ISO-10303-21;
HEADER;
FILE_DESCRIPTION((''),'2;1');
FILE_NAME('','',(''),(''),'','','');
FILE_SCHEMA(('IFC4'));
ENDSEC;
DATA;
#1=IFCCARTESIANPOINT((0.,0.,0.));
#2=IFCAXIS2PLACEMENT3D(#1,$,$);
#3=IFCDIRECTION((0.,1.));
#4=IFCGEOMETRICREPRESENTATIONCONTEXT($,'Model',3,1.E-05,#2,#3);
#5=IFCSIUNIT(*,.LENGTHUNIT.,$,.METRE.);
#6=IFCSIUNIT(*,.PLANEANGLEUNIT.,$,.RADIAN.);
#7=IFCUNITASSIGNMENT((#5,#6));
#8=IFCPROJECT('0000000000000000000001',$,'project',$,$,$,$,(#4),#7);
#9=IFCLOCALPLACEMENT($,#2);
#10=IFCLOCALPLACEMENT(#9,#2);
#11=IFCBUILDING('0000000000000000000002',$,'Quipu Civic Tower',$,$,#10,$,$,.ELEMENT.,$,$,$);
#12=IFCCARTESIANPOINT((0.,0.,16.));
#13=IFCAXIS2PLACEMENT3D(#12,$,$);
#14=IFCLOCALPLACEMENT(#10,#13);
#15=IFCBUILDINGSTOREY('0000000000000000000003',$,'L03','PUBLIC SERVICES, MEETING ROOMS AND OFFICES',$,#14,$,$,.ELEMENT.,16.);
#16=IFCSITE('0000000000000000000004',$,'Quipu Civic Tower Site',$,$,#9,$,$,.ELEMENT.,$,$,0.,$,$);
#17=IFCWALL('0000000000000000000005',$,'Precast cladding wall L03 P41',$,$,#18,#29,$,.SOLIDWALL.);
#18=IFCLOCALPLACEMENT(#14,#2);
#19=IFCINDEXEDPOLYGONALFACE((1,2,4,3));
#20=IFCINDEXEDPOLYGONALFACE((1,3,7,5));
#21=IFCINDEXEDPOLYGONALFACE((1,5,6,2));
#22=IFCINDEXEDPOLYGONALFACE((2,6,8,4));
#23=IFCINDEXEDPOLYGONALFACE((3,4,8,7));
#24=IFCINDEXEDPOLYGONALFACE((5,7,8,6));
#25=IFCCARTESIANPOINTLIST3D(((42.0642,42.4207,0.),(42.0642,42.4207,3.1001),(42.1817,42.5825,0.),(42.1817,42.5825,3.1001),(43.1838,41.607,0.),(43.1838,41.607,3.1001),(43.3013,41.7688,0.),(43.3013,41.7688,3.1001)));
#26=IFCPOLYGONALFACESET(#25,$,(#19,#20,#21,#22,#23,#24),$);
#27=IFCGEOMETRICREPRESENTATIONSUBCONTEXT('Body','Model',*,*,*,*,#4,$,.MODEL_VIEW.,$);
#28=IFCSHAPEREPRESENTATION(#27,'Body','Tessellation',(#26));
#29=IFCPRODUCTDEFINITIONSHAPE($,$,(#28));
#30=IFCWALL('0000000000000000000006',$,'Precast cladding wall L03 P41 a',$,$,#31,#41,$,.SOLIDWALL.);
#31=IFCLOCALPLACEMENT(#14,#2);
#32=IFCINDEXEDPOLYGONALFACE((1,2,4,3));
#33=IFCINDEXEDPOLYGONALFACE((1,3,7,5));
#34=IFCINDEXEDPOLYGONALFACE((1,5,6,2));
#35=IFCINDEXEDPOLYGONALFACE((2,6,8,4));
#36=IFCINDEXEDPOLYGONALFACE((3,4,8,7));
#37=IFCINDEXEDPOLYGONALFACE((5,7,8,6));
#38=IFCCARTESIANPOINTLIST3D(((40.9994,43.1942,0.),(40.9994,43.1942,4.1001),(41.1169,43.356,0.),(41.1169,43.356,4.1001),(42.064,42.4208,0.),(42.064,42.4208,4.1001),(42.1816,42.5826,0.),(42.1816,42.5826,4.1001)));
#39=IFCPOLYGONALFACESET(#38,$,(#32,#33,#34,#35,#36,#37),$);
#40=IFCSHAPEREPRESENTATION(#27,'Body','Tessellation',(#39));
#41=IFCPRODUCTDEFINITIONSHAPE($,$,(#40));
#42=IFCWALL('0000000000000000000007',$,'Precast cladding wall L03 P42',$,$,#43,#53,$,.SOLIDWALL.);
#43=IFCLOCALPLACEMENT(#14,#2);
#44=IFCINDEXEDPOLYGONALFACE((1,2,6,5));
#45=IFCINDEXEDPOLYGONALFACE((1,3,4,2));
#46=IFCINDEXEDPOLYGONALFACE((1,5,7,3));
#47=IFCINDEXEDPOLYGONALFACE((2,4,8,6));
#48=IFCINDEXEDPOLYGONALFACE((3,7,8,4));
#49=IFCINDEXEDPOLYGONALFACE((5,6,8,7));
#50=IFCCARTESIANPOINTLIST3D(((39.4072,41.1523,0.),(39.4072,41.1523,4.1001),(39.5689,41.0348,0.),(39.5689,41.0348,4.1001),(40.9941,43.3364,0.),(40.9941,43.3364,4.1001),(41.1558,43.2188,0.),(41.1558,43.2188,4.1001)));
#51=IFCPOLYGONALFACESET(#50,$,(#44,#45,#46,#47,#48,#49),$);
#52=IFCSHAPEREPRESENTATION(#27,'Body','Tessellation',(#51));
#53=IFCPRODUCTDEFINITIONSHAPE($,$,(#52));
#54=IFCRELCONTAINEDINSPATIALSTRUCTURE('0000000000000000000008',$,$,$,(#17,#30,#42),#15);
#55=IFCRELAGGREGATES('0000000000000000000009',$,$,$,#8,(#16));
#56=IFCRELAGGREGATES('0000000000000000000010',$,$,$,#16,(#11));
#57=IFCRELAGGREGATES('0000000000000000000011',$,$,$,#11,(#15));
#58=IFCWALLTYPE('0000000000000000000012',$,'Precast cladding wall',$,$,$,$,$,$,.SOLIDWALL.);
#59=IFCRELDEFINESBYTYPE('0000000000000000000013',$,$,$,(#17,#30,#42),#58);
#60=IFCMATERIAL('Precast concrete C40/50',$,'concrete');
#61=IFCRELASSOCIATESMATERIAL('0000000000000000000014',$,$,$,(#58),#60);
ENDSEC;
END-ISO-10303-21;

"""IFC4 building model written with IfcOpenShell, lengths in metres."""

from ifc_helpers import new_model, si_unit, direction, frame, frame_2d, origin, place, context, subcontext, project, spatial, rectangle, extrude, material, type_object, element, save


model = new_model("IFC4")

# Units and contexts
model_context = context("Model", 3, precision=1e-05, world=origin(), true_north=direction((0.0, 1.0)))
body_context = subcontext(model_context, "Body", "Model", "MODEL_VIEW")
ifc_project = project(units=[si_unit("LENGTHUNIT", "METRE"), si_unit("PLANEANGLEUNIT", "RADIAN")], contexts=[model_context])

# Site, building, storey
site_placement = place(None, origin())
site = spatial("IfcSite", under=ifc_project, at=site_placement, Name="Quipu Civic Tower Site", CompositionType="ELEMENT", RefElevation=0.0)
building_placement = place(site_placement, origin())
building = spatial("IfcBuilding", under=site, at=building_placement, Name="Quipu Civic Tower", CompositionType="ELEMENT")
storey_placement = place(building_placement, frame((0.0, 0.0, 16.0)))
storey = spatial("IfcBuildingStorey", under=building, at=storey_placement, Name="L03", Description="PUBLIC SERVICES, MEETING ROOMS AND OFFICES", CompositionType="ELEMENT", Elevation=16.0)

# Walls
ifc_material_1 = material(Name="Precast concrete C40/50", Category="concrete")
wall_type_1 = type_object("IfcWallType", Name="Precast cladding wall", PredefinedType="SOLIDWALL", material=ifc_material_1)
wall_1_placement = place(storey_placement, frame((43.2424, 41.688, 0.0), z_axis=(0.0, 0.0, 1.0), x_axis=(-0.808927, 0.587909, 0.0)))
element("IfcWall", 1, at=wall_1_placement, inside=storey, type_object=wall_type_1, Name="Precast cladding wall L03 P41", PredefinedType="SOLIDWALL", context=body_context, shape_type="SweptSolid", body=[
    extrude(rectangle(XDim=1.384, YDim=0.2, at=frame_2d((0.6919, 0.0))), origin(), (0.0, 0.0, 1.0), 3.1001),
])
wall_2_placement = place(storey_placement, frame((42.1228, 42.5017, 0.0), z_axis=(0.0, 0.0, 1.0), x_axis=(-0.809057, 0.58773, 0.0)))
element("IfcWall", 2, at=wall_2_placement, inside=storey, type_object=wall_type_1, Name="Precast cladding wall L03 P41 a", PredefinedType="SOLIDWALL", context=body_context, shape_type="SweptSolid", body=[
    extrude(rectangle(XDim=1.3159, YDim=0.2, at=frame_2d((0.658, 0.0))), origin(), (0.0, 0.0, 1.0), 4.1001),
])
wall_3_placement = place(storey_placement, frame((41.075, 43.2776, 0.0), z_axis=(0.0, 0.0, 1.0), x_axis=(-0.587806, -0.809002, 0.0)))
element("IfcWall", 3, at=wall_3_placement, inside=storey, type_object=wall_type_1, Name="Precast cladding wall L03 P42", PredefinedType="SOLIDWALL", context=body_context, shape_type="SweptSolid", body=[
    extrude(rectangle(XDim=2.6997, YDim=0.2, at=frame_2d((1.3499, 0.0))), origin(), (0.0, 0.0, 1.0), 4.1001),
])

save(model, "model.ifc")
